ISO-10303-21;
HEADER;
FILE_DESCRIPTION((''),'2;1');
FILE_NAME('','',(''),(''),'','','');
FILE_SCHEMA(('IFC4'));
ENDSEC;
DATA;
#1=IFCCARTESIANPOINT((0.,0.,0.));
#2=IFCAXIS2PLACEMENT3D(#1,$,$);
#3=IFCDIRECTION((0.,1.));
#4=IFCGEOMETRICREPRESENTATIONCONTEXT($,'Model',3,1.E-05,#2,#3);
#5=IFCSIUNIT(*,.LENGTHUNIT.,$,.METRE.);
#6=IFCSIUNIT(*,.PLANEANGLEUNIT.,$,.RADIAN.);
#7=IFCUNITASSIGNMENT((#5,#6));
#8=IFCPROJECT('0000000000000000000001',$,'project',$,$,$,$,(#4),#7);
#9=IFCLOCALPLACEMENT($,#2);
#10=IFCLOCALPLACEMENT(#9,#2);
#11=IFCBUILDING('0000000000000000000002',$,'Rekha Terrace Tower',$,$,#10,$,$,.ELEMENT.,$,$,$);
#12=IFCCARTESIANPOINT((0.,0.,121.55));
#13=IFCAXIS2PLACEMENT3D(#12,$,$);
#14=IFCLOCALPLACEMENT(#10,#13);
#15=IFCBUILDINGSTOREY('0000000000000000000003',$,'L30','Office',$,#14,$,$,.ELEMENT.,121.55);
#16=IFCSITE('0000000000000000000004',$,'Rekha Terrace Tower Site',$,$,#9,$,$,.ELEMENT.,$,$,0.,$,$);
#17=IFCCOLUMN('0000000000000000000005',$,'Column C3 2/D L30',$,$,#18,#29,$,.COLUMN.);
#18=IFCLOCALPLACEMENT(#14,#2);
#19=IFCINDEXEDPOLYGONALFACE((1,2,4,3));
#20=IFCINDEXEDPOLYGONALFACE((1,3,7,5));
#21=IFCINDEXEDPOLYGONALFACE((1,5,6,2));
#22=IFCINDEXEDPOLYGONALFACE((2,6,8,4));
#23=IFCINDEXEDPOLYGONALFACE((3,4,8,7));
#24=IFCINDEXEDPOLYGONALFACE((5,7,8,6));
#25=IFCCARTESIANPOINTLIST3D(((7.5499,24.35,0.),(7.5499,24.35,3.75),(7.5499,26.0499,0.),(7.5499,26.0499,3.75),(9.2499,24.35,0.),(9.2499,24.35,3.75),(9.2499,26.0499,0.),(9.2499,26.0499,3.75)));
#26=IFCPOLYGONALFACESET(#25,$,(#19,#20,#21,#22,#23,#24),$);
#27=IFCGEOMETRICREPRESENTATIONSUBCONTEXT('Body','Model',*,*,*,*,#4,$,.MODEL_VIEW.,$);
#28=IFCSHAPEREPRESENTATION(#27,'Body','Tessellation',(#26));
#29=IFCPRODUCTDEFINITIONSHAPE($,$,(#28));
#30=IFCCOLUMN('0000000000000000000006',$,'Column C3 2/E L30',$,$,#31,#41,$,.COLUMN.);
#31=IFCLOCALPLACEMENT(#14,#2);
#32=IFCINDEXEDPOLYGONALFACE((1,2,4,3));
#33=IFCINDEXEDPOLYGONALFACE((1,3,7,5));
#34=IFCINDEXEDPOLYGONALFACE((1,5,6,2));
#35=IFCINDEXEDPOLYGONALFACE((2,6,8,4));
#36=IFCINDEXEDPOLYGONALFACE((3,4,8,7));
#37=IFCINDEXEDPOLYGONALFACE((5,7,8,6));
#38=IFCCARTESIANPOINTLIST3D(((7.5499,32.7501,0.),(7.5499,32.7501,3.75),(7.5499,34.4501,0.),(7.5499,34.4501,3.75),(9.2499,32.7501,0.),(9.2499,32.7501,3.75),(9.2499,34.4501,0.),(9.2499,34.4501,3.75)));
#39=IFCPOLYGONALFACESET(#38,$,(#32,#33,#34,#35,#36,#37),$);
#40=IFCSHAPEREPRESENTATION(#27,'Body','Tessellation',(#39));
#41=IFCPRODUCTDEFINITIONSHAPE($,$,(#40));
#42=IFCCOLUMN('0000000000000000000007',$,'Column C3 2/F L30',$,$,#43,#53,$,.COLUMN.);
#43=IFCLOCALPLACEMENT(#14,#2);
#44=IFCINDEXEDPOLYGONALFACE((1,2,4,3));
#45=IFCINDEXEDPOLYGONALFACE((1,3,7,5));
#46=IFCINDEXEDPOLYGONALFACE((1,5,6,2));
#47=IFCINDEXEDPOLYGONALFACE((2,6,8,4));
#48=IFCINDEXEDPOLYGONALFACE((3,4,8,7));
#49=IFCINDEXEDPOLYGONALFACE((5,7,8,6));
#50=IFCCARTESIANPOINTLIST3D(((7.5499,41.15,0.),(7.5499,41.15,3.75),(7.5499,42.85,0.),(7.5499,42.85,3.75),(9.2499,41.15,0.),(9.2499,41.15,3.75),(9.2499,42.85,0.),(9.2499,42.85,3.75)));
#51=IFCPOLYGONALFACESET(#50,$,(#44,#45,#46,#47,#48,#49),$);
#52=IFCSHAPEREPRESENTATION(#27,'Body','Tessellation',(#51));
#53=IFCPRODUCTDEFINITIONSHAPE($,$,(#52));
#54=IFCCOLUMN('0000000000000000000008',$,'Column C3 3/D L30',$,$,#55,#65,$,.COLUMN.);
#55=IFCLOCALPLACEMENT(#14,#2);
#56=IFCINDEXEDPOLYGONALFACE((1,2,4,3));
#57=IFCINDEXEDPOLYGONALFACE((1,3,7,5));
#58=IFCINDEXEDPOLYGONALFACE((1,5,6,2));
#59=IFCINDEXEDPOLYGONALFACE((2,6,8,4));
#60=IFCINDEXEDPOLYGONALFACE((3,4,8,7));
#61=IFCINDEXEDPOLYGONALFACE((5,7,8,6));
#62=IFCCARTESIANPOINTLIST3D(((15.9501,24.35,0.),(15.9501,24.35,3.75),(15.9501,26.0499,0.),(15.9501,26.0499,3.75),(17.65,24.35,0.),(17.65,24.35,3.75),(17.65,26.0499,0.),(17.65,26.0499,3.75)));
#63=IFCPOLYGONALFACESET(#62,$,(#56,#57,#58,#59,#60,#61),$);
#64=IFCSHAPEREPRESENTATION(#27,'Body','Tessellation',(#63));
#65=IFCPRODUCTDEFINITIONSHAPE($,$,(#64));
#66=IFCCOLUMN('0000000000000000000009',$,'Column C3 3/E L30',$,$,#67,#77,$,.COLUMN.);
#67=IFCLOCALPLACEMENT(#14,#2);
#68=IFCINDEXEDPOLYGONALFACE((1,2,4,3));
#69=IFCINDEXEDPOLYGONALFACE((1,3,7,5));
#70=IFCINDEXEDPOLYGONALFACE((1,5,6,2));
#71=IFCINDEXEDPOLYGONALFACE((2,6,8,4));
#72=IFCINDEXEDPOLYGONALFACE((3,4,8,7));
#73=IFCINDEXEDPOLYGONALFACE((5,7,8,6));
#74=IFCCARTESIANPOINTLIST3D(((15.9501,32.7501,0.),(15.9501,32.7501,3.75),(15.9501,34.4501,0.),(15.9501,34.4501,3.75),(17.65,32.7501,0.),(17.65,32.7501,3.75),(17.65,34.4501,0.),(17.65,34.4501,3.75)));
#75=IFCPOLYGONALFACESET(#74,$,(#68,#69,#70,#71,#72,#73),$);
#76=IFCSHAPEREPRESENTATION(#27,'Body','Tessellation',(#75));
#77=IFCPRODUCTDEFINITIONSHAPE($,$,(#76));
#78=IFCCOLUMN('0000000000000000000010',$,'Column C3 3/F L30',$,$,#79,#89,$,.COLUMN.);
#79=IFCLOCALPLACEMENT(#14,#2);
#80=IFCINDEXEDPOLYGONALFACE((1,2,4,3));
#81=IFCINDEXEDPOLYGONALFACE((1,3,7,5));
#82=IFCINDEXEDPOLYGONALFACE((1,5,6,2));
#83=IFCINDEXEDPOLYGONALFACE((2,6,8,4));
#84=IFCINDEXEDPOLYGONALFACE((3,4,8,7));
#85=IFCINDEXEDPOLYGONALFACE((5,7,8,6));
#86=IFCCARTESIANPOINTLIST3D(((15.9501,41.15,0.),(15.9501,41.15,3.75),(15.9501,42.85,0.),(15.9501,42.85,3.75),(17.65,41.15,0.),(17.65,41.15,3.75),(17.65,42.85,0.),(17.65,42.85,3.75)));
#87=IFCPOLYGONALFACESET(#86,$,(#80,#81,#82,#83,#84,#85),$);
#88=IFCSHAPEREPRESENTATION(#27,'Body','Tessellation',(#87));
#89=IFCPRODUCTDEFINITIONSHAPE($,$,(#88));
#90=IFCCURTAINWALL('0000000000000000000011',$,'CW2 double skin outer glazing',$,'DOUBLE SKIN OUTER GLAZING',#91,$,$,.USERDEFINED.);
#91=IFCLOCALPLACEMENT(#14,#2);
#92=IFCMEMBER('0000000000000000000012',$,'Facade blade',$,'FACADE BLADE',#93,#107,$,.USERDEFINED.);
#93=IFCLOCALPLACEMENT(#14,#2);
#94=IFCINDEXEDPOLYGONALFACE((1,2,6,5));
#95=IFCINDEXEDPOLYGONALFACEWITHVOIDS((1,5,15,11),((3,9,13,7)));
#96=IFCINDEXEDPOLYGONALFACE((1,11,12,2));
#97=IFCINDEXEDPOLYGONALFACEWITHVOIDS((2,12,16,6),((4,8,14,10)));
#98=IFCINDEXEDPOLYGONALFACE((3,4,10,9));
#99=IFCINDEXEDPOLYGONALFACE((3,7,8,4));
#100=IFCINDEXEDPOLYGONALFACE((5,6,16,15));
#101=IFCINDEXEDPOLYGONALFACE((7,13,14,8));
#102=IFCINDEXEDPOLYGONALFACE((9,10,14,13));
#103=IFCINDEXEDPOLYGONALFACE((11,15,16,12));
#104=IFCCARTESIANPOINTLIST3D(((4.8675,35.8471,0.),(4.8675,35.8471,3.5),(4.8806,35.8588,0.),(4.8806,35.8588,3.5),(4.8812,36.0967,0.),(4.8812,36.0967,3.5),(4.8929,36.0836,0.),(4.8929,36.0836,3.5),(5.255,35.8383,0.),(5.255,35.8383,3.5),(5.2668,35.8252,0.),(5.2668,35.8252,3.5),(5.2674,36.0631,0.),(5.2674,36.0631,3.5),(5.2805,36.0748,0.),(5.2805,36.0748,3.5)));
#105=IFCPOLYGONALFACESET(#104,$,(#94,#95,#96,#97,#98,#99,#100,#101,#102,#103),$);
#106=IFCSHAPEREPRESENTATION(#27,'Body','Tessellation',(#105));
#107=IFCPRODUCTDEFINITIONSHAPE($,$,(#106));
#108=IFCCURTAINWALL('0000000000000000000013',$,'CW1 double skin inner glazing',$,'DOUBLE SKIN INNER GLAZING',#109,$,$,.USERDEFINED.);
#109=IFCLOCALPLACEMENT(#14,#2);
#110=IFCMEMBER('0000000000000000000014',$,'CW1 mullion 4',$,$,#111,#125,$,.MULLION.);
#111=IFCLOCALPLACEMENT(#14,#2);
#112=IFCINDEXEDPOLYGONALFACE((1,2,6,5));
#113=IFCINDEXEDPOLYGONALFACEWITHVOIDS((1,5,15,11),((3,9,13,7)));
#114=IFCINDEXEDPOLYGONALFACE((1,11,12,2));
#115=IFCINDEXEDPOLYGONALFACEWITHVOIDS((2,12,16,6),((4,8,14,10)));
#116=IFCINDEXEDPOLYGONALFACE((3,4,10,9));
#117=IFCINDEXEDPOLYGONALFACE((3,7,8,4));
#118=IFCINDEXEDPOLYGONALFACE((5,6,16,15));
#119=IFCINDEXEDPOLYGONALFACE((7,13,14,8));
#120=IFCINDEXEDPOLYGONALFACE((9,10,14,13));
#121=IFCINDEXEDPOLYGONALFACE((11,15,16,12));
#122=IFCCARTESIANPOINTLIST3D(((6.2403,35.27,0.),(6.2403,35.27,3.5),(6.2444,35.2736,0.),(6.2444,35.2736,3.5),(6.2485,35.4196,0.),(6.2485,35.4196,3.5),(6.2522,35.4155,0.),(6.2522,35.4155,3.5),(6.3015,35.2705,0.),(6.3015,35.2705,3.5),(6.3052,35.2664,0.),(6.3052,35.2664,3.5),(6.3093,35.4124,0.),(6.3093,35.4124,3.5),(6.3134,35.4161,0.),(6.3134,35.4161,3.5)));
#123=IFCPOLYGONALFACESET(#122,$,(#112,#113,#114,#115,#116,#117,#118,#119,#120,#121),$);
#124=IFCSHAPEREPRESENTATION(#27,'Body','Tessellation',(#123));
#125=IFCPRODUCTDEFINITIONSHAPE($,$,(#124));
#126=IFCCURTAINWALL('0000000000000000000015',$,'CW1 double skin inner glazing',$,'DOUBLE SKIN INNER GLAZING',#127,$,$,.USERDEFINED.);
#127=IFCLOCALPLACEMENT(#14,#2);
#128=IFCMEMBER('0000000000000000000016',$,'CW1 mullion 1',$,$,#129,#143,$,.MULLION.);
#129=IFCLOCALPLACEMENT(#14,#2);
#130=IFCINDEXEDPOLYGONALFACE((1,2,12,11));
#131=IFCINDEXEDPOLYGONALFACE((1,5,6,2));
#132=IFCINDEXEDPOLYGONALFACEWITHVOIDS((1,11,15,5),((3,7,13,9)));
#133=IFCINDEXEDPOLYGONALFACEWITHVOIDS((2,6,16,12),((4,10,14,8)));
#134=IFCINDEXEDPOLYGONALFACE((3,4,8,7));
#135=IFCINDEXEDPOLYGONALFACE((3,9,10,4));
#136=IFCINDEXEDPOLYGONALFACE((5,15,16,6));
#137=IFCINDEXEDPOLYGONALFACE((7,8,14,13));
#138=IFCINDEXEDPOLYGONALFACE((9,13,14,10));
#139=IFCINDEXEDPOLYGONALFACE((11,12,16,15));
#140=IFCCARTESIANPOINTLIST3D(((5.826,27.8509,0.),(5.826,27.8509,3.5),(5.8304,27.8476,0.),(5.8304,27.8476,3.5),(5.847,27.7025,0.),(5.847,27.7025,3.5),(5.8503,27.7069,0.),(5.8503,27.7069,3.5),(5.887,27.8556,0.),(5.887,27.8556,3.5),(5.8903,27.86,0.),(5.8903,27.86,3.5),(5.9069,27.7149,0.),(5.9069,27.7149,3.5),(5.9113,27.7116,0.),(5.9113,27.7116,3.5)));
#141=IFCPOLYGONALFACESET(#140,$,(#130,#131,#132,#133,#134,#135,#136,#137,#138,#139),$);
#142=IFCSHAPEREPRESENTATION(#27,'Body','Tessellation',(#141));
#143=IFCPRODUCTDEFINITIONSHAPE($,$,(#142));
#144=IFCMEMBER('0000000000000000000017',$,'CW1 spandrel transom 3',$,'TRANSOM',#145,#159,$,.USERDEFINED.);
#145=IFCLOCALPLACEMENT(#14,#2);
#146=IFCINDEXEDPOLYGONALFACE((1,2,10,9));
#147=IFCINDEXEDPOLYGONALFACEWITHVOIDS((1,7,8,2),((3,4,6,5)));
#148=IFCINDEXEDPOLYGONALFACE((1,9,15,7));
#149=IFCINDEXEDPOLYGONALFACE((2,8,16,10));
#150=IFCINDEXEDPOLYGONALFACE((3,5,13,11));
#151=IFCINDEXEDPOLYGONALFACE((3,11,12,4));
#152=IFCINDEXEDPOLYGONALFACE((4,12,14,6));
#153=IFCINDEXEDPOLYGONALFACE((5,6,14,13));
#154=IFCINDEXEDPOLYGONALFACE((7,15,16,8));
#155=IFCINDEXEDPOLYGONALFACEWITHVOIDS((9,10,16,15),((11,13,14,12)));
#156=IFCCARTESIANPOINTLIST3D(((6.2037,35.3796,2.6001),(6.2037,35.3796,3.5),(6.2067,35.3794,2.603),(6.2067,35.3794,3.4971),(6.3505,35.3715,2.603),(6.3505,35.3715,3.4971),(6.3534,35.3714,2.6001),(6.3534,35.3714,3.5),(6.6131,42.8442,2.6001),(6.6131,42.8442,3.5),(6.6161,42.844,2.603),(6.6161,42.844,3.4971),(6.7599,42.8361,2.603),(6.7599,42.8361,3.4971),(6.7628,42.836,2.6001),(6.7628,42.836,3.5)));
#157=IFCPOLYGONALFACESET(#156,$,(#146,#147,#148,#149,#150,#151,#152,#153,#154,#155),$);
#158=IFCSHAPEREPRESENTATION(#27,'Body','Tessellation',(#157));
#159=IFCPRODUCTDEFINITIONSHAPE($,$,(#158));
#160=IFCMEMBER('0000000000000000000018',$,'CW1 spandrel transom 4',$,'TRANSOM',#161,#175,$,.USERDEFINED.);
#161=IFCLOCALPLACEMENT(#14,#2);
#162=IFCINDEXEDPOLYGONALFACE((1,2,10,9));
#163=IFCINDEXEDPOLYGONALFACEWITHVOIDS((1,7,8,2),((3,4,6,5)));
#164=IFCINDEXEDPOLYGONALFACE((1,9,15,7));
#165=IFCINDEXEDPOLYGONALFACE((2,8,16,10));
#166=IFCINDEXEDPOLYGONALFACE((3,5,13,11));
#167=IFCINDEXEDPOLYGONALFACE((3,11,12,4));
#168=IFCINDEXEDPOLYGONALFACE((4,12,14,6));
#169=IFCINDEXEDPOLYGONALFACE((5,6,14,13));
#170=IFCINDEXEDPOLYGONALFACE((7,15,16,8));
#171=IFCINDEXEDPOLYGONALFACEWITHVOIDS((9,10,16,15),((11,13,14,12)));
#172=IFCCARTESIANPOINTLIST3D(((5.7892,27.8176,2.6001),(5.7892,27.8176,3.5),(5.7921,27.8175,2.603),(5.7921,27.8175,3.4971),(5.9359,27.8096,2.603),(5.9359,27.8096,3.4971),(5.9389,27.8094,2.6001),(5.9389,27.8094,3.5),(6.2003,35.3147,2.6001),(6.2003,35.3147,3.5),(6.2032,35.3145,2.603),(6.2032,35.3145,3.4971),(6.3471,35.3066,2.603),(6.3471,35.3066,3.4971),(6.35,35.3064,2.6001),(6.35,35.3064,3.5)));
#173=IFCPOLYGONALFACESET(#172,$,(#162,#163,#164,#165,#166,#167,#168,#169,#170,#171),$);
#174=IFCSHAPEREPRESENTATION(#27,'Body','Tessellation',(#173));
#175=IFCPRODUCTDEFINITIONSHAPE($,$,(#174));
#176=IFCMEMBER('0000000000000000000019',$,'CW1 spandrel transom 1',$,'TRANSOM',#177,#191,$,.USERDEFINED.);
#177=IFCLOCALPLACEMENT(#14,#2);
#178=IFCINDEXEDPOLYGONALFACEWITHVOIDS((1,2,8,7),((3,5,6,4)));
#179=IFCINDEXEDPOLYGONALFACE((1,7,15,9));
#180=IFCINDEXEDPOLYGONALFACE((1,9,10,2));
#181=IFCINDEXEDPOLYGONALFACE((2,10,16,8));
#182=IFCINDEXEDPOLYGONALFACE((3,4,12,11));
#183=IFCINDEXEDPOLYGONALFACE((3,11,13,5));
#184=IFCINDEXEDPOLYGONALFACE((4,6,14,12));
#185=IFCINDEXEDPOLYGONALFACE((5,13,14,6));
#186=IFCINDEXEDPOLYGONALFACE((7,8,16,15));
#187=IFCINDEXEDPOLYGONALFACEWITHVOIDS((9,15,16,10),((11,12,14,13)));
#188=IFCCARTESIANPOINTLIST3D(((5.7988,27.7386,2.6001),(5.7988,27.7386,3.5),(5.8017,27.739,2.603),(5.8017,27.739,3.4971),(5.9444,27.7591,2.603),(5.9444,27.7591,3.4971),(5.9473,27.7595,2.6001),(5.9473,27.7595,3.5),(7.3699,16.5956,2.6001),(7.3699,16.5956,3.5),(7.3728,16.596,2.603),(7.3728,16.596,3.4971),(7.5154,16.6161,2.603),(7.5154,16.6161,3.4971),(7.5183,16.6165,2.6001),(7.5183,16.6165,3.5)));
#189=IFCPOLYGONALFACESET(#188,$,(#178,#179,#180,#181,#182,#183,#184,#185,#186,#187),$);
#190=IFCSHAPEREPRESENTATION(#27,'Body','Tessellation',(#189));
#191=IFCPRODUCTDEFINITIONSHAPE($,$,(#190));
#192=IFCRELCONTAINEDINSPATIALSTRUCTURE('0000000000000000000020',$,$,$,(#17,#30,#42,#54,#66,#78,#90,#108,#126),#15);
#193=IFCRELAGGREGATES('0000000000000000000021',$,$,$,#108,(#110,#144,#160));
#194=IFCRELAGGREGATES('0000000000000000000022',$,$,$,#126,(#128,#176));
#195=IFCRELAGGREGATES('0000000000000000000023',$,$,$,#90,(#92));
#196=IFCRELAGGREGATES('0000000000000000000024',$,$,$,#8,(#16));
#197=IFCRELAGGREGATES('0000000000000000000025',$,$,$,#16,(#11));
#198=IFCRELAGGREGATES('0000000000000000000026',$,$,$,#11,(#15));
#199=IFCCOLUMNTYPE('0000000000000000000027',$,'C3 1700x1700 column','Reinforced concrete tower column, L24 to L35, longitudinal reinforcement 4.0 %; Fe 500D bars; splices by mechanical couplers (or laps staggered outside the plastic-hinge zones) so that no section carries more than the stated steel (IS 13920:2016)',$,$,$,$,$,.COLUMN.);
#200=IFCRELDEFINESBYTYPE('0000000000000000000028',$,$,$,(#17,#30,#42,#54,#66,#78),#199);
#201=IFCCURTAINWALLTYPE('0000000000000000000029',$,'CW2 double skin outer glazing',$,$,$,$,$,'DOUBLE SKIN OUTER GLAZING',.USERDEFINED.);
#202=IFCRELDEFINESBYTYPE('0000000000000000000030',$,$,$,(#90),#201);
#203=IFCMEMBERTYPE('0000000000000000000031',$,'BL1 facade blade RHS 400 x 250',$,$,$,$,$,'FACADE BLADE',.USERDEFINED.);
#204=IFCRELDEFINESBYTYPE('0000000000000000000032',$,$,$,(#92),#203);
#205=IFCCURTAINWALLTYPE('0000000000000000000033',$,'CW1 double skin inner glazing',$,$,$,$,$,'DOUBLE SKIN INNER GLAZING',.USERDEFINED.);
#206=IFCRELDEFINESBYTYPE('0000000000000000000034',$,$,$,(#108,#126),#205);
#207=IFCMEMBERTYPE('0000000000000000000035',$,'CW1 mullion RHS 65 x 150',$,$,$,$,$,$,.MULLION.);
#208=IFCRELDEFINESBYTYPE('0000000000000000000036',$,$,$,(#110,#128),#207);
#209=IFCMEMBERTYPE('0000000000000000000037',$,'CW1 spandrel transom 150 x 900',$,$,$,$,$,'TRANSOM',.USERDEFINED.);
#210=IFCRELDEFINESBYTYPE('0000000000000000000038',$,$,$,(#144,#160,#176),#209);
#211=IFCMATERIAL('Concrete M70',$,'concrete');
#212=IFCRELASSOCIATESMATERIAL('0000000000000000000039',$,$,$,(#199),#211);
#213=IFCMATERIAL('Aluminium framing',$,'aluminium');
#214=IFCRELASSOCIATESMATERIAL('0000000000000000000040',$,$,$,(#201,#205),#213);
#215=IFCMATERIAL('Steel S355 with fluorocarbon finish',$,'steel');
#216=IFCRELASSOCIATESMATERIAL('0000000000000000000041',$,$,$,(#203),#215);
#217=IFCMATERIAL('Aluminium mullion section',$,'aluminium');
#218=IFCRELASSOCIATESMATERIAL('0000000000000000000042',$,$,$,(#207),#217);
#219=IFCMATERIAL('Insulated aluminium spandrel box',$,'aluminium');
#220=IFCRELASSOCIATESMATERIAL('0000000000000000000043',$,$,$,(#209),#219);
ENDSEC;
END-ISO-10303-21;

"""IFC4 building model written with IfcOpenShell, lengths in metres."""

from ifc_helpers import new_model, si_unit, direction, frame, origin, origin_2d, place, context, subcontext, project, spatial, rectangle, hollow_rectangle, extrude, material, material_profile, profile_set, type_object, element, aggregate, save


model = new_model("IFC4")

# Units and contexts
model_context = context("Model", 3, precision=1e-05, world=origin(), true_north=direction((0.0, 1.0)))
body_context = subcontext(model_context, "Body", "Model", "MODEL_VIEW")
ifc_project = project(units=[si_unit("LENGTHUNIT", "METRE"), si_unit("PLANEANGLEUNIT", "RADIAN")], contexts=[model_context])

# Site, building, storey
site_placement = place(None, origin())
site = spatial("IfcSite", under=ifc_project, at=site_placement, Name="Rekha Terrace Tower Site", CompositionType="ELEMENT", RefElevation=0.0)
building_placement = place(site_placement, origin())
building = spatial("IfcBuilding", under=site, at=building_placement, Name="Rekha Terrace Tower", CompositionType="ELEMENT")
storey_placement = place(building_placement, frame((0.0, 0.0, 121.55)))
storey = spatial("IfcBuildingStorey", under=building, at=storey_placement, Name="L30", Description="Office", CompositionType="ELEMENT", Elevation=121.55)

# Columns
ifc_material_1 = material(Name="Concrete M70", Category="concrete")
ifc_material_profile_1 = material_profile(ifc_material_1, rectangle(XDim=1.7, YDim=1.7, at=origin_2d()), Name="RC 1700x1700")
ifc_profile_set_1 = profile_set([ifc_material_profile_1], Name="Concrete M70")
column_type = type_object("IfcColumnType", Name="C3 1700x1700 column", Description="Reinforced concrete tower column, L24 to L35, longitudinal reinforcement 4.0 %; Fe 500D bars; splices by mechanical couplers (or laps staggered outside the plastic-hinge zones) so that no section carries more than the stated steel (IS 13920:2016)", PredefinedType="COLUMN", material=ifc_profile_set_1)
for number, where, z_axis, x_axis, name in (
    (1, (8.3999, 25.2, 0.0), (0.0, 0.0, 1.0), (1.0, 0.0, 0.0), "Column C3 2/D L30"),
    (2, (8.3999, 33.6001, 0.0), (0.0, 0.0, 1.0), (1.0, 0.0, 0.0), "Column C3 2/E L30"),
    (3, (8.3999, 42.0, 0.0), (0.0, 0.0, 1.0), (1.0, 0.0, 0.0), "Column C3 2/F L30"),
    (4, (16.8, 25.2, 0.0), (0.0, 0.0, 1.0), (1.0, 0.0, 0.0), "Column C3 3/D L30"),
    (5, (16.8, 33.6001, 0.0), (0.0, 0.0, 1.0), (1.0, 0.0, 0.0), "Column C3 3/E L30"),
    (6, (16.8, 42.0, 0.0), (0.0, 0.0, 1.0), (1.0, 0.0, 0.0), "Column C3 3/F L30"),
):
    element("IfcColumn", number, at=place(storey_placement, frame(where, z_axis=z_axis, x_axis=x_axis)), inside=storey, type_object=column_type, Name=name, PredefinedType="COLUMN", context=body_context, shape_type="SweptSolid", body=[
        extrude(rectangle(XDim=1.7, YDim=1.7, at=origin_2d()), origin(), (0.0, 0.0, 1.0), 3.75),
    ])

# Curtain walls, members
ifc_material_2 = material(Name="Aluminium framing", Category="aluminium")
curtain_wall_type_1 = type_object("IfcCurtainWallType", Name="CW2 double skin outer glazing", ElementType="DOUBLE SKIN OUTER GLAZING", PredefinedType="USERDEFINED", material=ifc_material_2)
curtain_wall_1_placement = place(storey_placement, origin())
curtain_wall_1 = element("IfcCurtainWall", 7, at=curtain_wall_1_placement, inside=storey, type_object=curtain_wall_type_1, Name="CW2 double skin outer glazing", ObjectType="DOUBLE SKIN OUTER GLAZING", PredefinedType="USERDEFINED")
ifc_material_3 = material(Name="Steel S355 with fluorocarbon finish", Category="steel")
ifc_material_profile_2 = material_profile(ifc_material_3, hollow_rectangle(XDim=0.25, YDim=0.3999, WallThickness=0.0125, at=origin_2d()), Name="RHS400x250x12.5")
ifc_profile_set_2 = profile_set([ifc_material_profile_2], Name="Steel S355 with fluorocarbon finish")
member_type_1 = type_object("IfcMemberType", Name="BL1 facade blade RHS 400 x 250", ElementType="FACADE BLADE", PredefinedType="USERDEFINED", material=ifc_profile_set_2)
member_1_placement = place(storey_placement, frame((5.074, 35.9609, 0.0), z_axis=(0.0, 0.0, 1.0), x_axis=(-0.054743, -0.9985, 0.0)))
member_1 = element("IfcMember", 8, at=member_1_placement, type_object=member_type_1, Name="Facade blade", ObjectType="FACADE BLADE", PredefinedType="USERDEFINED", context=body_context, shape_type="SweptSolid", body=[
    extrude(hollow_rectangle(XDim=0.25, YDim=0.3999, WallThickness=0.0125, at=origin_2d()), origin(), (0.0, 0.0, 1.0), 3.5),
])
curtain_wall_type_2 = type_object("IfcCurtainWallType", Name="CW1 double skin inner glazing", ElementType="DOUBLE SKIN INNER GLAZING", PredefinedType="USERDEFINED", material=ifc_material_2)
curtain_wall_2_placement = place(storey_placement, origin())
curtain_wall_2 = element("IfcCurtainWall", 9, at=curtain_wall_2_placement, inside=storey, type_object=curtain_wall_type_2, Name="CW1 double skin inner glazing", ObjectType="DOUBLE SKIN INNER GLAZING", PredefinedType="USERDEFINED")
ifc_material_4 = material(Name="Aluminium mullion section", Category="aluminium")
ifc_material_profile_3 = material_profile(ifc_material_4, hollow_rectangle(XDim=0.0649, YDim=0.1499, WallThickness=0.0039, at=origin_2d()), Name="AL RHS 65x150")
ifc_profile_set_3 = profile_set([ifc_material_profile_3], Name="Aluminium mullion section")
member_type_2 = type_object("IfcMemberType", Name="CW1 mullion RHS 65 x 150", PredefinedType="MULLION", material=ifc_profile_set_3)
member_2_placement = place(storey_placement, frame((6.2769, 35.343, 0.0), z_axis=(0.0, 0.0, 1.0), x_axis=(0.998501, -0.054742, 0.0)))
member_2 = element("IfcMember", 10, at=member_2_placement, type_object=member_type_2, Name="CW1 mullion 4", PredefinedType="MULLION", context=body_context, shape_type="SweptSolid", body=[
    extrude(hollow_rectangle(XDim=0.0649, YDim=0.1499, WallThickness=0.0039, at=origin_2d()), origin(), (0.0, 0.0, 1.0), 3.5),
])
curtain_wall_3_placement = place(storey_placement, origin())
curtain_wall_3 = element("IfcCurtainWall", 11, at=curtain_wall_3_placement, inside=storey, type_object=curtain_wall_type_2, Name="CW1 double skin inner glazing", ObjectType="DOUBLE SKIN INNER GLAZING", PredefinedType="USERDEFINED")
member_3_placement = place(storey_placement, frame((5.8687, 27.7812, 0.0), z_axis=(0.0, 0.0, 1.0), x_axis=(0.990208, 0.139597, 0.0)))
member_3 = element("IfcMember", 12, at=member_3_placement, type_object=member_type_2, Name="CW1 mullion 1", PredefinedType="MULLION", context=body_context, shape_type="SweptSolid", body=[
    extrude(hollow_rectangle(XDim=0.0649, YDim=0.1499, WallThickness=0.0039, at=origin_2d()), origin(), (0.0, 0.0, 1.0), 3.5),
])

# Members
ifc_material_5 = material(Name="Insulated aluminium spandrel box", Category="aluminium")
ifc_material_profile_4 = material_profile(ifc_material_5, hollow_rectangle(XDim=0.1499, YDim=0.8999, WallThickness=0.0029, at=origin_2d()), Name="AL SPANDREL BOX 150x900")
ifc_profile_set_4 = profile_set([ifc_material_profile_4], Name="Insulated aluminium spandrel box")
member_type_3 = type_object("IfcMemberType", Name="CW1 spandrel transom 150 x 900", ElementType="TRANSOM", PredefinedType="USERDEFINED", material=ifc_profile_set_4)
member_4_placement = place(storey_placement, frame((6.688, 42.8401, 3.05), z_axis=(-0.054766, -0.998499, 0.0), x_axis=(0.998499, -0.054766, 0.0)))
member_4 = element("IfcMember", 13, at=member_4_placement, type_object=member_type_3, Name="CW1 spandrel transom 3", ObjectType="TRANSOM", PredefinedType="USERDEFINED", context=body_context, shape_type="SweptSolid", body=[
    extrude(hollow_rectangle(XDim=0.1499, YDim=0.8999, WallThickness=0.0029, at=origin_2d()), origin(), (0.0, 0.0, 1.0), 7.4758),
])
member_5_placement = place(storey_placement, frame((6.2751, 35.3105, 3.05), z_axis=(-0.054757, -0.9985, 0.0), x_axis=(0.9985, -0.054757, 0.0)))
member_5 = element("IfcMember", 14, at=member_5_placement, type_object=member_type_3, Name="CW1 spandrel transom 4", ObjectType="TRANSOM", PredefinedType="USERDEFINED", context=body_context, shape_type="SweptSolid", body=[
    extrude(hollow_rectangle(XDim=0.1499, YDim=0.8999, WallThickness=0.0029, at=origin_2d()), origin(), (0.0, 0.0, 1.0), 7.5083),
])
member_6_placement = place(storey_placement, frame((5.873, 27.749, 3.05), z_axis=(0.139608, -0.990207, 0.0), x_axis=(0.990207, 0.139608, 0.0)))
member_6 = element("IfcMember", 15, at=member_6_placement, type_object=member_type_3, Name="CW1 spandrel transom 1", ObjectType="TRANSOM", PredefinedType="USERDEFINED", context=body_context, shape_type="SweptSolid", body=[
    extrude(hollow_rectangle(XDim=0.1499, YDim=0.8999, WallThickness=0.0029, at=origin_2d()), origin(), (0.0, 0.0, 1.0), 11.2532),
])

aggregate(curtain_wall_2, [member_2, member_4, member_5])
aggregate(curtain_wall_3, [member_3, member_6])
aggregate(curtain_wall_1, [member_1])

save(model, "model.ifc")
